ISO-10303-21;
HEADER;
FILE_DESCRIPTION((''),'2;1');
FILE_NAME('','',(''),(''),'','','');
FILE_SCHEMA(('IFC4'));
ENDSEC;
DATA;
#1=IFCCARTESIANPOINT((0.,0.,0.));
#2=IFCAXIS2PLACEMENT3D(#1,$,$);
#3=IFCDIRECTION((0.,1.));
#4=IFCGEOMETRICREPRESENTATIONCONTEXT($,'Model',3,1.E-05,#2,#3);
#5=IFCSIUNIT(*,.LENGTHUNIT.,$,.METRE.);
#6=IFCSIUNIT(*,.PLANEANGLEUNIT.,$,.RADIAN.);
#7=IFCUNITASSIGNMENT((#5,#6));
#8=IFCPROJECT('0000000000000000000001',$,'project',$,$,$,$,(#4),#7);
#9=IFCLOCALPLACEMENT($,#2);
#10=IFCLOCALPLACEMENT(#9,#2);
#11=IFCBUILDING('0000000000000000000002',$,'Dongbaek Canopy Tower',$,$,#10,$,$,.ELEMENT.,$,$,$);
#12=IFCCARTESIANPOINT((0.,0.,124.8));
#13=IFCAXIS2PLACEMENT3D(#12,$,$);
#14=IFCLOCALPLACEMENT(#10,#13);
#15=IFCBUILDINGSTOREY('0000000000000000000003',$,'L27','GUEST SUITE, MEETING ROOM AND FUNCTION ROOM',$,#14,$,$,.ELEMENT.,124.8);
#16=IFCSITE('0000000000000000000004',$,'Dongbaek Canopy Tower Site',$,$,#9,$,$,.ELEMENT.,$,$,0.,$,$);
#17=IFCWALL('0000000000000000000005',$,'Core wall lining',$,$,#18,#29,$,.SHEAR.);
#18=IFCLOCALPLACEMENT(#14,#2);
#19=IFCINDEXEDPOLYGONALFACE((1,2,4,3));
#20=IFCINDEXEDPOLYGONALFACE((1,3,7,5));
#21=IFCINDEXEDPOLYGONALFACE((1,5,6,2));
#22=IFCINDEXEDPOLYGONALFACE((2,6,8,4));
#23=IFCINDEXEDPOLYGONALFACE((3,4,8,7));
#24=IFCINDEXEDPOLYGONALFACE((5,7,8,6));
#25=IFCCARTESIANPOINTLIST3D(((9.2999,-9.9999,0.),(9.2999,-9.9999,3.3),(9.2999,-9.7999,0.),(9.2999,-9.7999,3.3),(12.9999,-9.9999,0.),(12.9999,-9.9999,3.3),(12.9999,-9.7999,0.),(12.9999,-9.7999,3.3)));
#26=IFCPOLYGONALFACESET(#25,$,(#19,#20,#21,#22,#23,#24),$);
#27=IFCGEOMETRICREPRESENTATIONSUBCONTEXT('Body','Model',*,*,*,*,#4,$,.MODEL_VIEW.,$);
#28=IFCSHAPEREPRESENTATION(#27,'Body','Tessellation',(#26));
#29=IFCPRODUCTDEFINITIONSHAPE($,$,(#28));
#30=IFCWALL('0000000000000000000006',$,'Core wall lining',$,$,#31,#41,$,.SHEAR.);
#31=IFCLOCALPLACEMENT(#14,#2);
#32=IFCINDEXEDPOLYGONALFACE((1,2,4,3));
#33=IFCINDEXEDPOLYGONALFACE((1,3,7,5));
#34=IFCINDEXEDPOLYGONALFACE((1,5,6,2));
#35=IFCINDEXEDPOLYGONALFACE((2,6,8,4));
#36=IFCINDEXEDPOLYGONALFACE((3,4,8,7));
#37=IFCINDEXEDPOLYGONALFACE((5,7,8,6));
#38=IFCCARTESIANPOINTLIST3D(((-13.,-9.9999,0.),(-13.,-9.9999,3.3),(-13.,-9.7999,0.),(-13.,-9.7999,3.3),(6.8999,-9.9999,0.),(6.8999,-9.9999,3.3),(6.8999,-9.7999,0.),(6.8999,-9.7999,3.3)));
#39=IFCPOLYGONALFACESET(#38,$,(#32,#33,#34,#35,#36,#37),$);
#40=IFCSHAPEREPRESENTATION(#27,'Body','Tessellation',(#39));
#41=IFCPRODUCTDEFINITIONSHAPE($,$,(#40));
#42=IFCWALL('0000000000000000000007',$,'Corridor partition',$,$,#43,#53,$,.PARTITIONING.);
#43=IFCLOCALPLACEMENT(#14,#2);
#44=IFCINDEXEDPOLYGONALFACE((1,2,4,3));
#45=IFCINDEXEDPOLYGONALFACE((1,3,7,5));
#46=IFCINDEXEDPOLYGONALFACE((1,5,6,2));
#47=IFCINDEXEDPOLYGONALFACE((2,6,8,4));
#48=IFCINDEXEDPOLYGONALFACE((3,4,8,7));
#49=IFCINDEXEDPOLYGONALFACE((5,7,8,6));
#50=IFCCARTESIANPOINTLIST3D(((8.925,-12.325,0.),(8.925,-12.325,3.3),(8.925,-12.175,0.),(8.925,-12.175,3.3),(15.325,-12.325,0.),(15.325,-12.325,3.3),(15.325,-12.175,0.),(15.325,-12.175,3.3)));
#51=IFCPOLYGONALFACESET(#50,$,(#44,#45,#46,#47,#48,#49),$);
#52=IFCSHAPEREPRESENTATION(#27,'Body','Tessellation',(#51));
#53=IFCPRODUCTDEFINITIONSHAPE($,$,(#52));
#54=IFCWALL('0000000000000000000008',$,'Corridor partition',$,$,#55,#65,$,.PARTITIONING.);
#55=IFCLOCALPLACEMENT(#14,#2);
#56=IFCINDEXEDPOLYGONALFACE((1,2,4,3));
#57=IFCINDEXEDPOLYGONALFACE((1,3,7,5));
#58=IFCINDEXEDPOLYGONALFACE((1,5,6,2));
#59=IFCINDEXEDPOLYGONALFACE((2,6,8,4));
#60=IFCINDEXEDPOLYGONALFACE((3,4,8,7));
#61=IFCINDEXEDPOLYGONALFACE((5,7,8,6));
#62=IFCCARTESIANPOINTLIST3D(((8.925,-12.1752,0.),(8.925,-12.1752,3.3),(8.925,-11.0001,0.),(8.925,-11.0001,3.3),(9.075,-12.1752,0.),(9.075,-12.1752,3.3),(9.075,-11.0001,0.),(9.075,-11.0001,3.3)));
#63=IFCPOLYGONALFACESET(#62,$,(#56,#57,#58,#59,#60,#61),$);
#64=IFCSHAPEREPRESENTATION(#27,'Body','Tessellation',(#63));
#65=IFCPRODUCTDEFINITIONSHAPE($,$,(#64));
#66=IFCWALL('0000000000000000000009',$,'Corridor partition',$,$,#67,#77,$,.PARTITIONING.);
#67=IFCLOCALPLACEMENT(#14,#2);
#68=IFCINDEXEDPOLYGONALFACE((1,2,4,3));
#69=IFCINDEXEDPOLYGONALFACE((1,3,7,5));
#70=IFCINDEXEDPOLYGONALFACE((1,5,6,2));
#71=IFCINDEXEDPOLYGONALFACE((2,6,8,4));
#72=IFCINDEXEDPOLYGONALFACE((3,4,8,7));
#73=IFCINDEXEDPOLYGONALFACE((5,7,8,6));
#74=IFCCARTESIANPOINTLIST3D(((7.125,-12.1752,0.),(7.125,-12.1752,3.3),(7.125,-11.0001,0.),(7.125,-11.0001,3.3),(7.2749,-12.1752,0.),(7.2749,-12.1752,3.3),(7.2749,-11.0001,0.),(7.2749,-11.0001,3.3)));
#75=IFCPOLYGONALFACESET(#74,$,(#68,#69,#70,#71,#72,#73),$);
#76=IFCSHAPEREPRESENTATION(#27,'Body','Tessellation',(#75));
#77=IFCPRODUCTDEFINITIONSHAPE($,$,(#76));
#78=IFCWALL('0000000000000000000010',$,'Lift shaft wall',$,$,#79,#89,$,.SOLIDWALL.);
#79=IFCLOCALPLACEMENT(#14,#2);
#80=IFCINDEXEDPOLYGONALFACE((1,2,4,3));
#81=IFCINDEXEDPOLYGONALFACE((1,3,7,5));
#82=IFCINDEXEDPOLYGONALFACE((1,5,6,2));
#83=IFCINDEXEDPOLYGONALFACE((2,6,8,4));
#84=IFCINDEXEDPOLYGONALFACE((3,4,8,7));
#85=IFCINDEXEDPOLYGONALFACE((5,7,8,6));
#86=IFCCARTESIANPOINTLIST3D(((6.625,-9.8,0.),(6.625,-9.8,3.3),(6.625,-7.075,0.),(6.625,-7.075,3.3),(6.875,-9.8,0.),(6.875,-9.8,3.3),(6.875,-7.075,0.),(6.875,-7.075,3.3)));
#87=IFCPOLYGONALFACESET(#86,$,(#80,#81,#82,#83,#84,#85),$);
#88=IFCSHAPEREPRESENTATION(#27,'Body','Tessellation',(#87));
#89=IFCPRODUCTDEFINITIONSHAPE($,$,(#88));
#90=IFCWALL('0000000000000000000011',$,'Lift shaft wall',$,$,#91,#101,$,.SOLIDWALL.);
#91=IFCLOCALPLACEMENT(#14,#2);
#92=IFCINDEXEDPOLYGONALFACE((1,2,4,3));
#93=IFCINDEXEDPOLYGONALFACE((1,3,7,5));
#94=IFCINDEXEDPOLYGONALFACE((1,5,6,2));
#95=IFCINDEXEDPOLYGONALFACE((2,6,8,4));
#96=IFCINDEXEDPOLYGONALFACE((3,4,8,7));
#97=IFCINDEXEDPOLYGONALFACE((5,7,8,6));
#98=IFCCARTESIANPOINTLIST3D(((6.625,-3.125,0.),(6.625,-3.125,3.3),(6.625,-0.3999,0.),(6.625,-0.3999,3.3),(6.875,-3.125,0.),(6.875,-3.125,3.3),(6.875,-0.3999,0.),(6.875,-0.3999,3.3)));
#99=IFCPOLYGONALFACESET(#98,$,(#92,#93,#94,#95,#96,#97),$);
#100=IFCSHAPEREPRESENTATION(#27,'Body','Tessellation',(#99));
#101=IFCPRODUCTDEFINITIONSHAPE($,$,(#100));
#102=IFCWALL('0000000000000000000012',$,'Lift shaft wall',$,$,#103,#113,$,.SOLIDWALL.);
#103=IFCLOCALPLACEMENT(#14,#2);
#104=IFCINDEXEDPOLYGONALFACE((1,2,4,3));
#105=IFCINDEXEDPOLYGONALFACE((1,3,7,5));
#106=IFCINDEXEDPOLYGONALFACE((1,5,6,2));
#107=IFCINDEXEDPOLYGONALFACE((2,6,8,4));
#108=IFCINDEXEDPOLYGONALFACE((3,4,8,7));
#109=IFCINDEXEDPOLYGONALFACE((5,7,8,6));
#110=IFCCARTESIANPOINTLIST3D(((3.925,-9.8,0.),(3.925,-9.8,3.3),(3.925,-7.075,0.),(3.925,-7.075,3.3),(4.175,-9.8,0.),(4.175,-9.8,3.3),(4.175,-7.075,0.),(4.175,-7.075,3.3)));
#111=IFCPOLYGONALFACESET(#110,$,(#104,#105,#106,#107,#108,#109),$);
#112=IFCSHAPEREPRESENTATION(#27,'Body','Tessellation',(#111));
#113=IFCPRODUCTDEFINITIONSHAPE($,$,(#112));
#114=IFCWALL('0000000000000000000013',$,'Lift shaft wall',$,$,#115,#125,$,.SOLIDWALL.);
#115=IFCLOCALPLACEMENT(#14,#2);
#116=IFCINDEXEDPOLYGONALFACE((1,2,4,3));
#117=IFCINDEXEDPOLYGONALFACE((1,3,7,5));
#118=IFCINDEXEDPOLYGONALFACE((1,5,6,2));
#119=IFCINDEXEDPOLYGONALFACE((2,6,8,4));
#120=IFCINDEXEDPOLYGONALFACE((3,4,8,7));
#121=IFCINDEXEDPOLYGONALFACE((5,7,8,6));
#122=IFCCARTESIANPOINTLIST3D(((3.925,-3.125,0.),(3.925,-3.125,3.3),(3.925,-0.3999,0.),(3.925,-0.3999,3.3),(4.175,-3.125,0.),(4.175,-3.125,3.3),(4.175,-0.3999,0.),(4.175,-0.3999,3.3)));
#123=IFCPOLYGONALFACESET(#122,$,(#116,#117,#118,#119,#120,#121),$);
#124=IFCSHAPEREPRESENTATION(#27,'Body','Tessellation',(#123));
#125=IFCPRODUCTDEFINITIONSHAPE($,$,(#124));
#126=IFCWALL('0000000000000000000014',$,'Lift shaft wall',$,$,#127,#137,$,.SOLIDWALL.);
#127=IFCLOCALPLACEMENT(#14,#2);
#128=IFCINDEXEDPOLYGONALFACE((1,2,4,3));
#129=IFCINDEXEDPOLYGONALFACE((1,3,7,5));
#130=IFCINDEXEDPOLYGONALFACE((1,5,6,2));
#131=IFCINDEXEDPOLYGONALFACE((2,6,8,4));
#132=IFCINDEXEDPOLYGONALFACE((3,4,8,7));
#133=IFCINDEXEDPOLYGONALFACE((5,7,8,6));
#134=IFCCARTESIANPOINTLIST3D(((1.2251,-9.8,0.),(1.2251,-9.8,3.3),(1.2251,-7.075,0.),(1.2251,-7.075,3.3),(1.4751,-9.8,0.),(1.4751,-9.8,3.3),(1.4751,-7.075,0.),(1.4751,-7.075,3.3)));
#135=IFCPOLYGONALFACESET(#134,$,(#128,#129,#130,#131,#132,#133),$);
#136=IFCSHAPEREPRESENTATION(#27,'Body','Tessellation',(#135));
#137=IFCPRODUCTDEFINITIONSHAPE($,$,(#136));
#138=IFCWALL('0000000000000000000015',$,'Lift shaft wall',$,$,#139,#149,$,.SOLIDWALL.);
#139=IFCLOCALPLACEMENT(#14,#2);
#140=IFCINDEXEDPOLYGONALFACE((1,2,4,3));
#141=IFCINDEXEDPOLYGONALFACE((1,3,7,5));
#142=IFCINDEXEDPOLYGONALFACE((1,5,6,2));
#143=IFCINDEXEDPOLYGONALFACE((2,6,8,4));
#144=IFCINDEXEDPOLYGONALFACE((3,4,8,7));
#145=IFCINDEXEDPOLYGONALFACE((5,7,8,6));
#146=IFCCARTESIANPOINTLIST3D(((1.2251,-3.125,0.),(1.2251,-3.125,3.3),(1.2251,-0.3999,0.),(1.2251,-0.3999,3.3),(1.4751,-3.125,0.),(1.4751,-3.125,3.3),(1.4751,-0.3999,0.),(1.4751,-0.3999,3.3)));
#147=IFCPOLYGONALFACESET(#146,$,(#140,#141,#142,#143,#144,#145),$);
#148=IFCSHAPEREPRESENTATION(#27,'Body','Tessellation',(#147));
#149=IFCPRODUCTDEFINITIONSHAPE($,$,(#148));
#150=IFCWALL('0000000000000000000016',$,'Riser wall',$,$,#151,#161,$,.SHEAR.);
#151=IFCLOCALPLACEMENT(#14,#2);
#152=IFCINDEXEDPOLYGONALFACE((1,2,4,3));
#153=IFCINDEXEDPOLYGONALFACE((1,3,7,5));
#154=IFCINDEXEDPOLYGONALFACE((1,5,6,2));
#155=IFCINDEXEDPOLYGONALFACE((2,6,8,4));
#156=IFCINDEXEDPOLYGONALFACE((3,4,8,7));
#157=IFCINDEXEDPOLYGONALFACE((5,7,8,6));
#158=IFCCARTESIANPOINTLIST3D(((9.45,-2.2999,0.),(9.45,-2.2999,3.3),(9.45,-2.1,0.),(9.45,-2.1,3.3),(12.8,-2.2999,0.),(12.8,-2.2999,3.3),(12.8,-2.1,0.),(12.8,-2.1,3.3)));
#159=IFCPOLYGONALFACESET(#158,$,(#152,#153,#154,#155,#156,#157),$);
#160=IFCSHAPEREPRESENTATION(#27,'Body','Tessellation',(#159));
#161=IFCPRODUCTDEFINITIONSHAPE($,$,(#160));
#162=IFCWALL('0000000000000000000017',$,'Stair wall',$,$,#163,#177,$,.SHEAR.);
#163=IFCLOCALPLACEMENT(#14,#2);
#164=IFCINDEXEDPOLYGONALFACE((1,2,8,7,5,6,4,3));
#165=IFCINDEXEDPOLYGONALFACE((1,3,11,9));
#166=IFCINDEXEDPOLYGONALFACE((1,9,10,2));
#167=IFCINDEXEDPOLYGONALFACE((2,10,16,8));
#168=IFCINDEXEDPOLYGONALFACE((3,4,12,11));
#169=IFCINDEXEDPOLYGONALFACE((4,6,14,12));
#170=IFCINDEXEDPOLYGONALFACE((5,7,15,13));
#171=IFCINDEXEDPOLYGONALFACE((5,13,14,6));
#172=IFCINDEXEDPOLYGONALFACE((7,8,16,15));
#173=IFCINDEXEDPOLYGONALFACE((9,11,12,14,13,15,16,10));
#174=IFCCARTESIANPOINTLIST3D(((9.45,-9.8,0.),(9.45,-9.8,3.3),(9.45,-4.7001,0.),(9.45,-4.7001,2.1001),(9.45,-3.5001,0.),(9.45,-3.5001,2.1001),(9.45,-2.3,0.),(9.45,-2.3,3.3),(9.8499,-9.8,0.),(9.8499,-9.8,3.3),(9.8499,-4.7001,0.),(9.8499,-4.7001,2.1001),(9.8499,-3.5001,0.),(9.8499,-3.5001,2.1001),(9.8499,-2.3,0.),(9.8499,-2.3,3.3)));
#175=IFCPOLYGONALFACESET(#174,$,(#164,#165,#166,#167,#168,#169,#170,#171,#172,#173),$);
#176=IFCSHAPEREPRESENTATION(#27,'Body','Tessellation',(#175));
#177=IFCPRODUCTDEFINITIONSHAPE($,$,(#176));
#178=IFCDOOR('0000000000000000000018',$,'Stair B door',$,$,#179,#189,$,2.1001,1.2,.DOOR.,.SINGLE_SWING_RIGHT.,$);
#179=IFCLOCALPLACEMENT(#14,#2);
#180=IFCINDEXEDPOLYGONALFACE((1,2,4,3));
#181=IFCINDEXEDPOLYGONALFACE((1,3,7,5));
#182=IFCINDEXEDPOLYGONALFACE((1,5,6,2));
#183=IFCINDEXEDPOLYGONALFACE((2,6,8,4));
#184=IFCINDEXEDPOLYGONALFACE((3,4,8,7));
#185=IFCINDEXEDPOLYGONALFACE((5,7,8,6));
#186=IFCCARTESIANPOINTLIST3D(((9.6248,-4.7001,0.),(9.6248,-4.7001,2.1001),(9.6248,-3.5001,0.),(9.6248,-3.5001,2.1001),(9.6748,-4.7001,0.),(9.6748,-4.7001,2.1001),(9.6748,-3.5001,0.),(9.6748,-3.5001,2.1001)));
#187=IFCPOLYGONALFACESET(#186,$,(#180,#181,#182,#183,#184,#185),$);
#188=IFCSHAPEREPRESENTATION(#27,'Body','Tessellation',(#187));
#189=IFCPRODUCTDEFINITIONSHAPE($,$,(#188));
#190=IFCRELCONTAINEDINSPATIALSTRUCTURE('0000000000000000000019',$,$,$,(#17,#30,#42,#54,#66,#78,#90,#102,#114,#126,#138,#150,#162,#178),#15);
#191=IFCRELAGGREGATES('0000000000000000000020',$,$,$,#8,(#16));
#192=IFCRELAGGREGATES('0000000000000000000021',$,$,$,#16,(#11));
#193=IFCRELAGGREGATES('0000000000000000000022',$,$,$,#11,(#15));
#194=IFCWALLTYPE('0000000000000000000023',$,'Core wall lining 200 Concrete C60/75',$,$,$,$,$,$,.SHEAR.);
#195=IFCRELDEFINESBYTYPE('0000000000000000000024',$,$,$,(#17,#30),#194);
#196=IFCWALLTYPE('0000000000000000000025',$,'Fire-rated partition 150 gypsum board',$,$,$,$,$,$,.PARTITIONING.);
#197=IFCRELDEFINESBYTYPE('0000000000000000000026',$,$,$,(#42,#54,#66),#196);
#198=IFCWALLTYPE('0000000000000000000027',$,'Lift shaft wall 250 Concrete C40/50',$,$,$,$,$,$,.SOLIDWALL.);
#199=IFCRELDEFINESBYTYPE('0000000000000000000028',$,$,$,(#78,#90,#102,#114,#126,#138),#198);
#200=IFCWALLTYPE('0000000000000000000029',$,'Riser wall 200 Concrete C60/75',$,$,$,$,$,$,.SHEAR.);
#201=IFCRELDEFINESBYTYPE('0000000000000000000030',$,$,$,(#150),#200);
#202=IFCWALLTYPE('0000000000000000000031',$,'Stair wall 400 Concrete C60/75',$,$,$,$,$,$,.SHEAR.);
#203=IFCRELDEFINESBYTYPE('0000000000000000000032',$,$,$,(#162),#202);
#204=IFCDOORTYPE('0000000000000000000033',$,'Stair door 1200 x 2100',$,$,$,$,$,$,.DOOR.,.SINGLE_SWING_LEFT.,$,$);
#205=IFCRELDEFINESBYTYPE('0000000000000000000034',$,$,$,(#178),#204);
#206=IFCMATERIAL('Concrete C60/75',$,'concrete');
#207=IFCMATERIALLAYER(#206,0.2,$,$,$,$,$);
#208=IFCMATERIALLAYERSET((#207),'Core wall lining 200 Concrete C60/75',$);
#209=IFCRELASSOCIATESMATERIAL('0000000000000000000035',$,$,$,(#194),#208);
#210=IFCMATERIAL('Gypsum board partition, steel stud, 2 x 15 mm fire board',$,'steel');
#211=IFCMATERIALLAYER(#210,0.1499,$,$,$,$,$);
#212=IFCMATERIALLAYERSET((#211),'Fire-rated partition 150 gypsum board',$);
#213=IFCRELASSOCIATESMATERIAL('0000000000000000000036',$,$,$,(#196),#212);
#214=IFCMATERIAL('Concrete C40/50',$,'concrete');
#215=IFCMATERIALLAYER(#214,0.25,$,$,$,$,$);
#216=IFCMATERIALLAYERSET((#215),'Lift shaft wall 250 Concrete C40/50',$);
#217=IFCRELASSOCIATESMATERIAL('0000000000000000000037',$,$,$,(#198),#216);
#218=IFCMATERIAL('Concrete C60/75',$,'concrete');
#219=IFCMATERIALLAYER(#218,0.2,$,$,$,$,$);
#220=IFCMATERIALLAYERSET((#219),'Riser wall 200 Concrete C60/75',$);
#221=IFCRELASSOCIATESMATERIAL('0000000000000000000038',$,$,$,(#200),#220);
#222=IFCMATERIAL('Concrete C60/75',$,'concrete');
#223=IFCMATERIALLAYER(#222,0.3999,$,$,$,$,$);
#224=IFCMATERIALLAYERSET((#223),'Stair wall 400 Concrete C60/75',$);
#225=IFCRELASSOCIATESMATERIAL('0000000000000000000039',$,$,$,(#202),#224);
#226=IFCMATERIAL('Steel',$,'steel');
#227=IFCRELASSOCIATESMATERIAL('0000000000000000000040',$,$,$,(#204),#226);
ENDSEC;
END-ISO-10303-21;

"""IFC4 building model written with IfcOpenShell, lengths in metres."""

from ifc_helpers import new_model, si_unit, direction, frame, frame_2d, origin, place, context, subcontext, project, spatial, rectangle, extrude, material, layer, layer_set, type_object, element, fill, save


model = new_model("IFC4")

# Units and contexts
model_context = context("Model", 3, precision=1e-05, world=origin(), true_north=direction((0.0, 1.0)))
body_context = subcontext(model_context, "Body", "Model", "MODEL_VIEW")
ifc_project = project(units=[si_unit("LENGTHUNIT", "METRE"), si_unit("PLANEANGLEUNIT", "RADIAN")], contexts=[model_context])

# Site, building, storey
site_placement = place(None, origin())
site = spatial("IfcSite", under=ifc_project, at=site_placement, Name="Dongbaek Canopy Tower Site", CompositionType="ELEMENT", RefElevation=0.0)
building_placement = place(site_placement, origin())
building = spatial("IfcBuilding", under=site, at=building_placement, Name="Dongbaek Canopy Tower", CompositionType="ELEMENT")
storey_placement = place(building_placement, frame((0.0, 0.0, 124.8)))
storey = spatial("IfcBuildingStorey", under=building, at=storey_placement, Name="L27", Description="GUEST SUITE, MEETING ROOM AND FUNCTION ROOM", CompositionType="ELEMENT", Elevation=124.8)

# Walls
ifc_material_1 = material(Name="Concrete C60/75", Category="concrete")
ifc_layer_1 = layer(ifc_material_1, 0.2)
ifc_layer_set_1 = layer_set([ifc_layer_1], Name="Core wall lining 200 Concrete C60/75")
wall_type_1 = type_object("IfcWallType", Name="Core wall lining 200 Concrete C60/75", PredefinedType="SHEAR", material=ifc_layer_set_1)
wall_1_placement = place(storey_placement, frame((13.0, -9.8999, 0.0), z_axis=(0.0, 0.0, 1.0), x_axis=(-1.0, 0.0, 0.0)))
element("IfcWall", 1, at=wall_1_placement, inside=storey, type_object=wall_type_1, Name="Core wall lining", PredefinedType="SHEAR", context=body_context, shape_type="SweptSolid", body=[
    extrude(rectangle(XDim=3.7, YDim=0.2, at=frame_2d((1.8501, 0.0))), origin(), (0.0, 0.0, 1.0), 3.3),
])
wall_2_placement = place(storey_placement, frame((6.8999, -9.8999, 0.0), z_axis=(0.0, 0.0, 1.0), x_axis=(-1.0, 0.0, 0.0)))
element("IfcWall", 2, at=wall_2_placement, inside=storey, type_object=wall_type_1, Name="Core wall lining", PredefinedType="SHEAR", context=body_context, shape_type="SweptSolid", body=[
    extrude(rectangle(XDim=19.8999, YDim=0.2, at=frame_2d((9.95, 0.0))), origin(), (0.0, 0.0, 1.0), 3.3),
])
ifc_material_2 = material(Name="Gypsum board partition, steel stud, 2 x 15 mm fire board", Category="steel")
ifc_layer_2 = layer(ifc_material_2, 0.1499)
ifc_layer_set_2 = layer_set([ifc_layer_2], Name="Fire-rated partition 150 gypsum board")
wall_type_2 = type_object("IfcWallType", Name="Fire-rated partition 150 gypsum board", PredefinedType="PARTITIONING", material=ifc_layer_set_2)
wall_3_placement = place(storey_placement, frame((8.925, -12.25, 0.0), z_axis=(0.0, 0.0, 1.0), x_axis=(1.0, 0.0, 0.0)))
element("IfcWall", 3, at=wall_3_placement, inside=storey, type_object=wall_type_2, Name="Corridor partition", PredefinedType="PARTITIONING", context=body_context, shape_type="SweptSolid", body=[
    extrude(rectangle(XDim=6.3999, YDim=0.1499, at=frame_2d((3.2, 0.0))), origin(), (0.0, 0.0, 1.0), 3.3),
])
for number, where, z_axis, x_axis, name in (
    (4, (9.0, -12.175, 0.0), (0.0, 0.0, 1.0), (0.0, 1.0, 0.0), "Corridor partition"),
    (5, (7.2, -12.175, 0.0), (0.0, 0.0, 1.0), (0.0, 1.0, 0.0), "Corridor partition"),
):
    element("IfcWall", number, at=place(storey_placement, frame(where, z_axis=z_axis, x_axis=x_axis)), inside=storey, type_object=wall_type_2, Name=name, PredefinedType="PARTITIONING", context=body_context, shape_type="SweptSolid", body=[
        extrude(rectangle(XDim=1.175, YDim=0.1499, at=frame_2d((0.5874, 0.0))), origin(), (0.0, 0.0, 1.0), 3.3),
    ])
ifc_material_3 = material(Name="Concrete C40/50", Category="concrete")
ifc_layer_3 = layer(ifc_material_3, 0.25)
ifc_layer_set_3 = layer_set([ifc_layer_3], Name="Lift shaft wall 250 Concrete C40/50")
wall_type_3 = type_object("IfcWallType", Name="Lift shaft wall 250 Concrete C40/50", PredefinedType="SOLIDWALL", material=ifc_layer_set_3)
for number, where, z_axis, x_axis, name in (
    (6, (6.75, -9.8, 0.0), (0.0, 0.0, 1.0), (0.0, 1.0, 0.0), "Lift shaft wall"),
    (7, (6.75, -3.125, 0.0), (0.0, 0.0, 1.0), (0.0, 1.0, 0.0), "Lift shaft wall"),
    (8, (4.05, -9.8, 0.0), (0.0, 0.0, 1.0), (0.0, 1.0, 0.0), "Lift shaft wall"),
    (9, (4.05, -3.125, 0.0), (0.0, 0.0, 1.0), (0.0, 1.0, 0.0), "Lift shaft wall"),
    (10, (1.3501, -9.8, 0.0), (0.0, 0.0, 1.0), (0.0, 1.0, 0.0), "Lift shaft wall"),
    (11, (1.3501, -3.125, 0.0), (0.0, 0.0, 1.0), (0.0, 1.0, 0.0), "Lift shaft wall"),
):
    element("IfcWall", number, at=place(storey_placement, frame(where, z_axis=z_axis, x_axis=x_axis)), inside=storey, type_object=wall_type_3, Name=name, PredefinedType="SOLIDWALL", context=body_context, shape_type="SweptSolid", body=[
        extrude(rectangle(XDim=2.7251, YDim=0.25, at=frame_2d((1.3625, 0.0))), origin(), (0.0, 0.0, 1.0), 3.3),
    ])
ifc_material_4 = material(Name="Concrete C60/75", Category="concrete")
ifc_layer_4 = layer(ifc_material_4, 0.2)
ifc_layer_set_4 = layer_set([ifc_layer_4], Name="Riser wall 200 Concrete C60/75")
wall_type_4 = type_object("IfcWallType", Name="Riser wall 200 Concrete C60/75", PredefinedType="SHEAR", material=ifc_layer_set_4)
wall_4_placement = place(storey_placement, frame((9.45, -2.2, 0.0), z_axis=(0.0, 0.0, 1.0), x_axis=(1.0, 0.0, 0.0)))
element("IfcWall", 12, at=wall_4_placement, inside=storey, type_object=wall_type_4, Name="Riser wall", PredefinedType="SHEAR", context=body_context, shape_type="SweptSolid", body=[
    extrude(rectangle(XDim=3.3501, YDim=0.2, at=frame_2d((1.675, 0.0))), origin(), (0.0, 0.0, 1.0), 3.3),
])

# Wall, opening, door
ifc_material_5 = material(Name="Concrete C60/75", Category="concrete")
ifc_layer_5 = layer(ifc_material_5, 0.3999)
ifc_layer_set_5 = layer_set([ifc_layer_5], Name="Stair wall 400 Concrete C60/75")
wall_type_5 = type_object("IfcWallType", Name="Stair wall 400 Concrete C60/75", PredefinedType="SHEAR", material=ifc_layer_set_5)
wall_5_placement = place(storey_placement, frame((9.6499, -2.3, 0.0), z_axis=(0.0, 0.0, 1.0), x_axis=(0.0, -1.0, 0.0)))
wall_5 = element("IfcWall", 13, at=wall_5_placement, inside=storey, type_object=wall_type_5, Name="Stair wall", PredefinedType="SHEAR", context=body_context, shape_type="SweptSolid", body=[
    extrude(rectangle(XDim=7.5, YDim=0.3999, at=frame_2d((3.75, 0.0))), origin(), (0.0, 0.0, 1.0), 3.3),
])
opening_1_placement = place(wall_5_placement, frame((1.2, 0.0, 0.0)))
opening_1 = element("IfcOpeningElement", 14, at=opening_1_placement, cuts=wall_5, PredefinedType="OPENING", context=body_context, shape_type="SweptSolid", body=[
    extrude(rectangle(XDim=1.2, YDim=2.1001, at=frame_2d((0.6001, 1.05))), frame((0.0, 0.21, 0.0), z_axis=(0.0, -1.0, 0.0), x_axis=(1.0, 0.0, 0.0)), (0.0, 0.0, 1.0), 0.4199),
])
ifc_material_6 = material(Name="Steel", Category="steel")
door_type_1 = type_object("IfcDoorType", Name="Stair door 1200 x 2100", OperationType="SINGLE_SWING_LEFT", PredefinedType="DOOR", material=ifc_material_6)
door_1_placement = place(opening_1_placement, origin())
door_1 = element("IfcDoor", 15, at=door_1_placement, inside=storey, type_object=door_type_1, Name="Stair B door", OperationType="SINGLE_SWING_RIGHT", OverallHeight=2.1001, OverallWidth=1.2, PredefinedType="DOOR", context=body_context, shape_type="SweptSolid", body=[
    extrude(rectangle(XDim=1.2, YDim=2.1001, at=frame_2d((0.6001, 1.05))), frame((0.0, 0.0249, 0.0), z_axis=(0.0, -1.0, 0.0), x_axis=(1.0, 0.0, 0.0)), (0.0, 0.0, 1.0), 0.05),
])
fill(opening_1, door_1)

save(model, "model.ifc")
